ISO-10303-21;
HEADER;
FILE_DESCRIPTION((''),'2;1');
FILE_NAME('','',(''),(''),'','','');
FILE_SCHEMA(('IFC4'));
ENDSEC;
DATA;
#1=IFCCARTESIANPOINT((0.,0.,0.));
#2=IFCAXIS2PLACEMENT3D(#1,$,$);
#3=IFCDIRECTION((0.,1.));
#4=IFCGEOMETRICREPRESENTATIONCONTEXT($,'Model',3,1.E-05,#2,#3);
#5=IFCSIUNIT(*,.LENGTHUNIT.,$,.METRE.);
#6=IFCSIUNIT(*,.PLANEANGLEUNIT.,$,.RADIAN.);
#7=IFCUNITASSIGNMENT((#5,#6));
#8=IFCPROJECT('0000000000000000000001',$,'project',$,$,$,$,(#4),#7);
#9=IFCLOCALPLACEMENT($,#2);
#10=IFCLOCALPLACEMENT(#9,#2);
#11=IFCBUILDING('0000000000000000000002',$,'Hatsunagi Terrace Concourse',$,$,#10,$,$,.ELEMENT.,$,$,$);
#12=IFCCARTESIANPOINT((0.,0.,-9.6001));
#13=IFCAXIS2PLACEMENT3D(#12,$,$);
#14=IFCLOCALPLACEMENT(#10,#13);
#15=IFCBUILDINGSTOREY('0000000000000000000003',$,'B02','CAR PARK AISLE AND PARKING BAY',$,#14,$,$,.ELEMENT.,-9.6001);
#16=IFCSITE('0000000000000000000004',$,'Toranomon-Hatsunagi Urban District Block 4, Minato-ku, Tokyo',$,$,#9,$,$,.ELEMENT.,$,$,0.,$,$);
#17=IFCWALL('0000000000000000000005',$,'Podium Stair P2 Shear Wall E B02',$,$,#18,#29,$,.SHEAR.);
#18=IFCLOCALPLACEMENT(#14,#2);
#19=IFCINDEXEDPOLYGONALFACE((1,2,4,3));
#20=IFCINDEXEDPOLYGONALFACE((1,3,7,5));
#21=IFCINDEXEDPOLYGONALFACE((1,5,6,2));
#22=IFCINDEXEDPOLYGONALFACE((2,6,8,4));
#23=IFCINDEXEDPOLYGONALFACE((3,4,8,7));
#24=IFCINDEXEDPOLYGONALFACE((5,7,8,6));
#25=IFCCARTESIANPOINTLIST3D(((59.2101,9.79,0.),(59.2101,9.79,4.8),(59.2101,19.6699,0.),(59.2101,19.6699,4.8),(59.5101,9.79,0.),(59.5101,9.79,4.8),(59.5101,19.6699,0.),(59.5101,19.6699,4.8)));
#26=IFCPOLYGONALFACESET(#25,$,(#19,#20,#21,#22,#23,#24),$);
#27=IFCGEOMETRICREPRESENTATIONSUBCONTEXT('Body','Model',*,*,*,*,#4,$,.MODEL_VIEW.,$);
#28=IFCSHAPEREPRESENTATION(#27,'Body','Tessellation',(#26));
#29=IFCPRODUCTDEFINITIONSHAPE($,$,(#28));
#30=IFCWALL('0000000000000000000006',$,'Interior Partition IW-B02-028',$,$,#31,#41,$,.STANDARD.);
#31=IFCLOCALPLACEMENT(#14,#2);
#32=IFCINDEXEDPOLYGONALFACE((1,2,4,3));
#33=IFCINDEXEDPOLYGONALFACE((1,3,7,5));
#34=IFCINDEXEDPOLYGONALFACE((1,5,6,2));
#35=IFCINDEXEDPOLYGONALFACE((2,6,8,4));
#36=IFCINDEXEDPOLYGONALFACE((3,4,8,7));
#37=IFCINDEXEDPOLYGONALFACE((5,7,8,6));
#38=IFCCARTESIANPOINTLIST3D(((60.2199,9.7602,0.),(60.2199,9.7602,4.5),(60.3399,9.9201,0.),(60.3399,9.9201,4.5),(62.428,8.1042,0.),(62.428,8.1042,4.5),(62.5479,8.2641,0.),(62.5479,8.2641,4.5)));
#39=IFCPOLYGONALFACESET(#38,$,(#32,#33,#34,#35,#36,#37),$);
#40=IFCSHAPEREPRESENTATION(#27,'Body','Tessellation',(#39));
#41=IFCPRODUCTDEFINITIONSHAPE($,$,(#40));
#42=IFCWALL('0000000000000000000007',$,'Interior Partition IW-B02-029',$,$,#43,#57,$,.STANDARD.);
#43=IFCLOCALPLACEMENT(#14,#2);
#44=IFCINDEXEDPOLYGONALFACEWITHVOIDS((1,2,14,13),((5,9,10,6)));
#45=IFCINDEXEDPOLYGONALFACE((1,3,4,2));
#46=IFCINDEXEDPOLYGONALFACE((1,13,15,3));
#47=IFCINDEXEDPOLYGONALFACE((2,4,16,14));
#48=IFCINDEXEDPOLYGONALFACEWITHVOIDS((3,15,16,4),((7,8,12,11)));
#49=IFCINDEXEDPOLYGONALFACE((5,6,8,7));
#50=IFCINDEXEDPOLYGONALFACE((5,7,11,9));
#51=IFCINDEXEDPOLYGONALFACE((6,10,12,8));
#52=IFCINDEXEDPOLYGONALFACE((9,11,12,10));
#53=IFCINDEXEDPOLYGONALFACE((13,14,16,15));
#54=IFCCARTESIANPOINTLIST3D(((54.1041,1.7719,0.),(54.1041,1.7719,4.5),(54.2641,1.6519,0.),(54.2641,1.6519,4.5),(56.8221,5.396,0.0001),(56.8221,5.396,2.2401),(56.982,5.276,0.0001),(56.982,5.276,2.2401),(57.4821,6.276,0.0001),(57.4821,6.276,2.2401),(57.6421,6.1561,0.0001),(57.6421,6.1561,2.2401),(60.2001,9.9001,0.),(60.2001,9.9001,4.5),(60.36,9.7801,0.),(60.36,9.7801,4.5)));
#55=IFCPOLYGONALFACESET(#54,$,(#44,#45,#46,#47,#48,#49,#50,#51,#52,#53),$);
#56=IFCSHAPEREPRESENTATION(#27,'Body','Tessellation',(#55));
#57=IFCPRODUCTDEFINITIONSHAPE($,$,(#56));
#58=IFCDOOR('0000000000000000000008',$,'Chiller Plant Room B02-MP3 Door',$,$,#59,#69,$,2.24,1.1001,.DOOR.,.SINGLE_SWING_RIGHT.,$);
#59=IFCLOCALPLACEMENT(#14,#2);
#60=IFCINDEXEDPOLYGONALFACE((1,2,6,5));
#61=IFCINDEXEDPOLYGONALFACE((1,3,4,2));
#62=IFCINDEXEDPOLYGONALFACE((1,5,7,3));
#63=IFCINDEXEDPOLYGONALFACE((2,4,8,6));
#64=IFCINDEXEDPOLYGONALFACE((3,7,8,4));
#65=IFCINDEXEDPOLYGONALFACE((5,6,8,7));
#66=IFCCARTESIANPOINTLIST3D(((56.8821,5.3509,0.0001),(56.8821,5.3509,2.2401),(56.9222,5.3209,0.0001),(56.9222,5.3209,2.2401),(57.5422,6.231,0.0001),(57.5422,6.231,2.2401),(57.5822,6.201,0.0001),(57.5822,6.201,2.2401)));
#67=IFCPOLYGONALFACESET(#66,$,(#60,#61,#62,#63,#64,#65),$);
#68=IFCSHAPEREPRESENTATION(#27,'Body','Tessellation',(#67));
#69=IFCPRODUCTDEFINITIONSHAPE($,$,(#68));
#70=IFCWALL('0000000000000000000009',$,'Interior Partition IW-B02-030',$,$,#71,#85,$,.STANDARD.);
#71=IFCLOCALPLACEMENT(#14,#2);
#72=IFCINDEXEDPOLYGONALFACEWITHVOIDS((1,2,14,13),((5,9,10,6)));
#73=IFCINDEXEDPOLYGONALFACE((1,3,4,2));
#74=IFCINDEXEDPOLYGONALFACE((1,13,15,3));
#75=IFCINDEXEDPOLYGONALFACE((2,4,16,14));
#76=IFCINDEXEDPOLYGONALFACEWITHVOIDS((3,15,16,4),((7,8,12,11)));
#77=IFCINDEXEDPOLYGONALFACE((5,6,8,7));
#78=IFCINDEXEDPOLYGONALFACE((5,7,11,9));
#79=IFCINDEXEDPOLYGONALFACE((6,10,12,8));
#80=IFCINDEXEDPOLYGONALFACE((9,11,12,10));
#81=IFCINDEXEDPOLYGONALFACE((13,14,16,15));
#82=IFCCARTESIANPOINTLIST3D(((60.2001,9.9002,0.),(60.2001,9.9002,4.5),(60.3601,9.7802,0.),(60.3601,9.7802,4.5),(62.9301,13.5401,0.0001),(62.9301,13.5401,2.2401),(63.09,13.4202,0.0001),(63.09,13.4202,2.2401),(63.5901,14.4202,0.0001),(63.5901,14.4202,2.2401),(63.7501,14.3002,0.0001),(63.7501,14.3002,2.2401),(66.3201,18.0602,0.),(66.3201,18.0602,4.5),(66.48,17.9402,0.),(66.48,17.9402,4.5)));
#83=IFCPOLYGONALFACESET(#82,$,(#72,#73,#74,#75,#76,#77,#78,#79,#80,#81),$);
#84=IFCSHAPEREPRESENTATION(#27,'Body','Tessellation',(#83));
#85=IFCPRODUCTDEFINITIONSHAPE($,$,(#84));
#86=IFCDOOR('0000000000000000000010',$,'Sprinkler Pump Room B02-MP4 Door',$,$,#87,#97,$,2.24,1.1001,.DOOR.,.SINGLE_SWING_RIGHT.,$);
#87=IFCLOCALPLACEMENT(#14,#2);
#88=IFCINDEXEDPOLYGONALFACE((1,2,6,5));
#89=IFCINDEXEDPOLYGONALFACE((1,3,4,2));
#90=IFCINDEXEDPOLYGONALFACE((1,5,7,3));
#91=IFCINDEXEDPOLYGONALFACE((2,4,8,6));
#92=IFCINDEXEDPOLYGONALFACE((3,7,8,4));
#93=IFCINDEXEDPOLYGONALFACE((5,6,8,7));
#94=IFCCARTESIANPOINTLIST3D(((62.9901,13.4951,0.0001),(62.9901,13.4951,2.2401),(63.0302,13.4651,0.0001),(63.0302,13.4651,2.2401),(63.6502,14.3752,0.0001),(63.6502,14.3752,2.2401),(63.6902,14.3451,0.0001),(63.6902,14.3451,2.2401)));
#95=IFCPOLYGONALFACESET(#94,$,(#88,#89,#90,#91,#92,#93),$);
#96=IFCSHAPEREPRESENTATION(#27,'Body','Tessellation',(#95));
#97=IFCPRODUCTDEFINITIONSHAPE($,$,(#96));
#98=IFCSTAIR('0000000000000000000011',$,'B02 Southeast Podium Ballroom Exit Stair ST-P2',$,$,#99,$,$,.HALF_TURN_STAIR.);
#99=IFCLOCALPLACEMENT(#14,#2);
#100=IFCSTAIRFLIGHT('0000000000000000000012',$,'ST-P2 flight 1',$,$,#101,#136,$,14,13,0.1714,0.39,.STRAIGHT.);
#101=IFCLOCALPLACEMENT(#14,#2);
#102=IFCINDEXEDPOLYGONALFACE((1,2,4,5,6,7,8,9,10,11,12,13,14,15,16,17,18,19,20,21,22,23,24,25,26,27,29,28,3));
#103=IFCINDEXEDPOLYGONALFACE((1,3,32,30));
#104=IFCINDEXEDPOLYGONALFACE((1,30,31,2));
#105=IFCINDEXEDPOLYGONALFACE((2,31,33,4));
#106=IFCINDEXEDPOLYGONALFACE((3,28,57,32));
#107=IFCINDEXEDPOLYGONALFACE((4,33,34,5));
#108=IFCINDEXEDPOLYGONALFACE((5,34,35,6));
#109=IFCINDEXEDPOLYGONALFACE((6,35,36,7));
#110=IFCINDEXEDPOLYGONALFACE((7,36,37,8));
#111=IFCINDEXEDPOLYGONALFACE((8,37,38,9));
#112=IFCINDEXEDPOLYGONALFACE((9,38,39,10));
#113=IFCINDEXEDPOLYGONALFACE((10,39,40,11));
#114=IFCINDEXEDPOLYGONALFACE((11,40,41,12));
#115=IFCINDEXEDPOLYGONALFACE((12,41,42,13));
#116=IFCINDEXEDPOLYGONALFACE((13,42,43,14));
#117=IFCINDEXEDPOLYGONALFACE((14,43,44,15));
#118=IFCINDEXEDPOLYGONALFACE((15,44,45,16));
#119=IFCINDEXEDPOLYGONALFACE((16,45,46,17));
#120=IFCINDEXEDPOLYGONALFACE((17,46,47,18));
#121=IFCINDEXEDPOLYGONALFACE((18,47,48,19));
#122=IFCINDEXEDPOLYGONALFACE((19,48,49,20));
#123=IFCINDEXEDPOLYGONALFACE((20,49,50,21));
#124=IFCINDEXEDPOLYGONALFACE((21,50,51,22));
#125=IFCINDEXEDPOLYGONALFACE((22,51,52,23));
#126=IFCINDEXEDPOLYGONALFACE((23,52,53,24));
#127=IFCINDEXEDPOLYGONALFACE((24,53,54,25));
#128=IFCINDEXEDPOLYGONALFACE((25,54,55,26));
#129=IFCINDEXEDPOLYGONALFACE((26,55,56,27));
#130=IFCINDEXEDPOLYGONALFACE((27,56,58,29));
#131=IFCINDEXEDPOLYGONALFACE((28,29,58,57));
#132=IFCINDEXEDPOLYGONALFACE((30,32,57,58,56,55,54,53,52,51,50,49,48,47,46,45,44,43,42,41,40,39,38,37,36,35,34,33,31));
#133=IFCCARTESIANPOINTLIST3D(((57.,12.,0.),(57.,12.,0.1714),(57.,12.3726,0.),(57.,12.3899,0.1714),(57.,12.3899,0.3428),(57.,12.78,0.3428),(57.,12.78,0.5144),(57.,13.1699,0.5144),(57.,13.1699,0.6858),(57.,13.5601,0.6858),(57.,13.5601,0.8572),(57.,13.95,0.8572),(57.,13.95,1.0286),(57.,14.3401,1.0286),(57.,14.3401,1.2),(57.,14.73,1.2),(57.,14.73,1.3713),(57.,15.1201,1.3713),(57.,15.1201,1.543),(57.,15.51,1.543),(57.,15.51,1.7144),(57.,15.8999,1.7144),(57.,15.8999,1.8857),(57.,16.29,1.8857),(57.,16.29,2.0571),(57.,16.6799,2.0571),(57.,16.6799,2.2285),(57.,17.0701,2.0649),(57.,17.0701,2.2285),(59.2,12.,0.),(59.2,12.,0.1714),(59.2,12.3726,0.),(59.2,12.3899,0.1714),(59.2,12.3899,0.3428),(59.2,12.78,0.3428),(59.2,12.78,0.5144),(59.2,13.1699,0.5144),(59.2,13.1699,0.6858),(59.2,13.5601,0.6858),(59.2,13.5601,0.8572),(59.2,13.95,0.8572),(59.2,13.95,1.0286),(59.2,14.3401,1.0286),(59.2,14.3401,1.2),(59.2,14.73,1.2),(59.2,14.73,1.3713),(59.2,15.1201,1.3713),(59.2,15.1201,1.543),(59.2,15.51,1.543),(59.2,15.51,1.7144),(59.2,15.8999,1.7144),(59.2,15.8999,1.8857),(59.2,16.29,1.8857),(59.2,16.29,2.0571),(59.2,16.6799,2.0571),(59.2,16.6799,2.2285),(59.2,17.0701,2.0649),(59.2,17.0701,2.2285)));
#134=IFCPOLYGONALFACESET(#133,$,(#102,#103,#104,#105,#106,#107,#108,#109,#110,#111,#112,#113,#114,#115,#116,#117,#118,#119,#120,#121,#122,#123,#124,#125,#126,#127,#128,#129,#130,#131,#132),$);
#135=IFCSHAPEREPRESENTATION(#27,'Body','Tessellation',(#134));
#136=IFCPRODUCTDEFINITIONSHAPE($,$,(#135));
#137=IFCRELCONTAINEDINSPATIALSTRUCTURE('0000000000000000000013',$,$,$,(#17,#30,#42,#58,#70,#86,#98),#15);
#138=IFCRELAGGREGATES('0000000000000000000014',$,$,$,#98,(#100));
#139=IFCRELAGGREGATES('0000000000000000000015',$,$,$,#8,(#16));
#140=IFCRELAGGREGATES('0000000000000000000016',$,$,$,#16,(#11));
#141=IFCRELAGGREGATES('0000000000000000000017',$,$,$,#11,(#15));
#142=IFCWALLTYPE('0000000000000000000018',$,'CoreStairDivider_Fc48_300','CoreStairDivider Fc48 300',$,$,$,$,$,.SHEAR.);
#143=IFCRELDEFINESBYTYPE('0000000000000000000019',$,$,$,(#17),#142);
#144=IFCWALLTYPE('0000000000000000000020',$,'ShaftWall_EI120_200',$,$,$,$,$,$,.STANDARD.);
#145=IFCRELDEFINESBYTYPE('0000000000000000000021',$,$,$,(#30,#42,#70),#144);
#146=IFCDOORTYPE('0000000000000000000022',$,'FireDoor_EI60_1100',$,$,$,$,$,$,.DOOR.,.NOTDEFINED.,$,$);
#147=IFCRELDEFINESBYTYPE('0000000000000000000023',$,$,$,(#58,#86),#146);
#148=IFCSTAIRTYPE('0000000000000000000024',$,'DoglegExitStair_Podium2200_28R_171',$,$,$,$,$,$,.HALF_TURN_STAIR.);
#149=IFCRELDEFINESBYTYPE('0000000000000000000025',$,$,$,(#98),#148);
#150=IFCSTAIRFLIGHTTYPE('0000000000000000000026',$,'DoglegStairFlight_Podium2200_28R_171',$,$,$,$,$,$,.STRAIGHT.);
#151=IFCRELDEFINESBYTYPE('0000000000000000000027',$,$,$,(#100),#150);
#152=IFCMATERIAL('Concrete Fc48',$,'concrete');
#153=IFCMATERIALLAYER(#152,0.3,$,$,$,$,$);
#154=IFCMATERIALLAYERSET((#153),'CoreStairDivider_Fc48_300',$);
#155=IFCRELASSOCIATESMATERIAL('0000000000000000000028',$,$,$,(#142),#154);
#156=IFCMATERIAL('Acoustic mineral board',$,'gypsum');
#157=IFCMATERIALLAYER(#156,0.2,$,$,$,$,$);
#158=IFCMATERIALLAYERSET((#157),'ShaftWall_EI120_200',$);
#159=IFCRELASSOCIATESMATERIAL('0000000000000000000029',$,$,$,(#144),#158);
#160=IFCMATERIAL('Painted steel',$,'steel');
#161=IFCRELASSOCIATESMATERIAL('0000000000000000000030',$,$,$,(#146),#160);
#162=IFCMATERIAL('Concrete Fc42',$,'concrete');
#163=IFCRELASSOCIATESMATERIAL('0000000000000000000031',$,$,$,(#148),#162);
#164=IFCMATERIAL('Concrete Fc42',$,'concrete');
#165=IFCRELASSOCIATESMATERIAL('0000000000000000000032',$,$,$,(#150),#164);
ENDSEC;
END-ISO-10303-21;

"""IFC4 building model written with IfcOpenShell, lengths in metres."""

from ifc_helpers import new_model, si_unit, direction, frame, frame_2d, origin, place, context, subcontext, project, spatial, polyline, rectangle, outline, extrude, material, layer, layer_set, type_object, element, fill, aggregate, save


model = new_model("IFC4")

# Units and contexts
model_context = context("Model", 3, precision=1e-05, world=origin(), true_north=direction((0.0, 1.0)))
body_context = subcontext(model_context, "Body", "Model", "MODEL_VIEW")
ifc_project = project(units=[si_unit("LENGTHUNIT", "METRE"), si_unit("PLANEANGLEUNIT", "RADIAN")], contexts=[model_context])

# Site, building, storey
site_placement = place(None, origin())
site = spatial("IfcSite", under=ifc_project, at=site_placement, Name="Toranomon-Hatsunagi Urban District Block 4, Minato-ku, Tokyo", CompositionType="ELEMENT", RefElevation=0.0)
building_placement = place(site_placement, origin())
building = spatial("IfcBuilding", under=site, at=building_placement, Name="Hatsunagi Terrace Concourse", CompositionType="ELEMENT")
storey_placement = place(building_placement, frame((0.0, 0.0, -9.6001)))
storey = spatial("IfcBuildingStorey", under=building, at=storey_placement, Name="B02", Description="CAR PARK AISLE AND PARKING BAY", CompositionType="ELEMENT", Elevation=-9.6001)

# Shared definitions
ifc_material_1 = material(Name="Concrete Fc48", Category="concrete")
ifc_layer_1 = layer(ifc_material_1, 0.3)
ifc_layer_set_1 = layer_set([ifc_layer_1], Name="CoreStairDivider_Fc48_300")
wall_type_1 = type_object("IfcWallType", Name="CoreStairDivider_Fc48_300", Description="CoreStairDivider Fc48 300", PredefinedType="SHEAR", material=ifc_layer_set_1)

# Walls
for number, where, z_axis, x_axis, name in (
    (1, (59.3601, 9.79, 0.0), (0.0, 0.0, 1.0), (0.0, 1.0, 0.0), "Podium Stair P2 Shear Wall E B02"),
):
    element("IfcWall", number, at=place(storey_placement, frame(where, z_axis=z_axis, x_axis=x_axis)), inside=storey, type_object=wall_type_1, Name=name, PredefinedType="SHEAR", context=body_context, shape_type="SweptSolid", body=[
        extrude(rectangle(XDim=9.8799, YDim=0.3, at=frame_2d((4.9399, 0.0))), origin(), (0.0, 0.0, 1.0), 4.8),
    ])
ifc_material_2 = material(Name="Acoustic mineral board", Category="gypsum")
ifc_layer_2 = layer(ifc_material_2, 0.2)
ifc_layer_set_2 = layer_set([ifc_layer_2], Name="ShaftWall_EI120_200")
wall_type_2 = type_object("IfcWallType", Name="ShaftWall_EI120_200", PredefinedType="STANDARD", material=ifc_layer_set_2)
wall_1_placement = place(storey_placement, frame((60.28, 9.8401, 0.0), z_axis=(0.0, 0.0, 1.0), x_axis=(0.8, -0.6, 0.0)))
element("IfcWall", 2, at=wall_1_placement, inside=storey, type_object=wall_type_2, Name="Interior Partition IW-B02-028", PredefinedType="STANDARD", context=body_context, shape_type="SweptSolid", body=[
    extrude(rectangle(XDim=2.76, YDim=0.2, at=frame_2d((1.3799, 0.0))), origin(), (0.0, 0.0, 1.0), 4.5),
])

# Walls, openings, doors
wall_2_placement = place(storey_placement, frame((54.1841, 1.7119, 0.0), z_axis=(0.0, 0.0, 1.0), x_axis=(0.599988, 0.800009, 0.0)))
wall_2 = element("IfcWall", 3, at=wall_2_placement, inside=storey, type_object=wall_type_2, Name="Interior Partition IW-B02-029", PredefinedType="STANDARD", context=body_context, shape_type="SweptSolid", body=[
    extrude(rectangle(XDim=10.1602, YDim=0.2, at=frame_2d((5.0801, 0.0))), origin(), (0.0, 0.0, 1.0), 4.5),
])
opening_1_placement = place(wall_2_placement, frame((4.53, 0.0, 0.0)))
opening_1 = element("IfcOpeningElement", 4, at=opening_1_placement, cuts=wall_2, PredefinedType="OPENING", context=body_context, shape_type="SweptSolid", body=[
    extrude(rectangle(XDim=1.1001, YDim=2.24, at=frame_2d((0.55, 1.1201))), frame((0.0, 0.1099, 0.0), z_axis=(0.0, -1.0, 0.0), x_axis=(1.0, 0.0, 0.0)), (0.0, 0.0, 1.0), 0.22),
])
ifc_material_3 = material(Name="Painted steel", Category="steel")
door_type_1 = type_object("IfcDoorType", Name="FireDoor_EI60_1100", OperationType="NOTDEFINED", PredefinedType="DOOR", material=ifc_material_3)
door_1_placement = place(opening_1_placement, origin())
door_1 = element("IfcDoor", 5, at=door_1_placement, inside=storey, type_object=door_type_1, Name="Chiller Plant Room B02-MP3 Door", OperationType="SINGLE_SWING_RIGHT", OverallHeight=2.24, OverallWidth=1.1001, PredefinedType="DOOR", context=body_context, shape_type="SweptSolid", body=[
    extrude(rectangle(XDim=1.1001, YDim=2.24, at=frame_2d((0.55, 1.1201))), frame((0.0, 0.0249, 0.0), z_axis=(0.0, -1.0, 0.0), x_axis=(1.0, 0.0, 0.0)), (0.0, 0.0, 1.0), 0.05),
])
fill(opening_1, door_1)
wall_3_placement = place(storey_placement, frame((60.28, 9.8401, 0.0), z_axis=(0.0, 0.0, 1.0), x_axis=(0.599996, 0.800003, 0.0)))
wall_3 = element("IfcWall", 6, at=wall_3_placement, inside=storey, type_object=wall_type_2, Name="Interior Partition IW-B02-030", PredefinedType="STANDARD", context=body_context, shape_type="SweptSolid", body=[
    extrude(rectangle(XDim=10.2, YDim=0.2, at=frame_2d((5.1001, 0.0))), origin(), (0.0, 0.0, 1.0), 4.5),
])
opening_2_placement = place(wall_3_placement, frame((4.55, 0.0, 0.0)))
opening_2 = element("IfcOpeningElement", 7, at=opening_2_placement, cuts=wall_3, PredefinedType="OPENING", context=body_context, shape_type="SweptSolid", body=[
    extrude(rectangle(XDim=1.1001, YDim=2.24, at=frame_2d((0.55, 1.1201))), frame((0.0, 0.1099, 0.0), z_axis=(0.0, -1.0, 0.0), x_axis=(1.0, 0.0, 0.0)), (0.0, 0.0, 1.0), 0.22),
])
door_2_placement = place(opening_2_placement, origin())
door_2 = element("IfcDoor", 8, at=door_2_placement, inside=storey, type_object=door_type_1, Name="Sprinkler Pump Room B02-MP4 Door", OperationType="SINGLE_SWING_RIGHT", OverallHeight=2.24, OverallWidth=1.1001, PredefinedType="DOOR", context=body_context, shape_type="SweptSolid", body=[
    extrude(rectangle(XDim=1.1001, YDim=2.24, at=frame_2d((0.55, 1.1201))), frame((0.0, 0.0249, 0.0), z_axis=(0.0, -1.0, 0.0), x_axis=(1.0, 0.0, 0.0)), (0.0, 0.0, 1.0), 0.05),
])
fill(opening_2, door_2)

# Stair, stair flight
ifc_material_4 = material(Name="Concrete Fc42", Category="concrete")
stair_type = type_object("IfcStairType", Name="DoglegExitStair_Podium2200_28R_171", PredefinedType="HALF_TURN_STAIR", material=ifc_material_4)
stair_placement = place(storey_placement, origin())
stair = element("IfcStair", 9, at=stair_placement, inside=storey, type_object=stair_type, Name="B02 Southeast Podium Ballroom Exit Stair ST-P2", PredefinedType="HALF_TURN_STAIR")
ifc_material_5 = material(Name="Concrete Fc42", Category="concrete")
stair_flight_type = type_object("IfcStairFlightType", Name="DoglegStairFlight_Podium2200_28R_171", PredefinedType="STRAIGHT", material=ifc_material_5)
stair_flight_placement = place(storey_placement, frame((58.1001, 12.0, 0.0), z_axis=(0.0, 0.0, 1.0), x_axis=(0.0, 1.0, 0.0)))
stair_flight = element("IfcStairFlight", 10, at=stair_flight_placement, type_object=stair_flight_type, Name="ST-P2 flight 1", NumberOfRisers=14, NumberOfTreads=13, PredefinedType="STRAIGHT", RiserHeight=0.1714, TreadLength=0.39, context=body_context, shape_type="SweptSolid", body=[
    extrude(outline(polyline([(0.0, 0.0), (0.0, 0.1714), (0.3899, 0.1714), (0.3899, 0.3428), (0.78, 0.3428), (0.78, 0.5144), (1.1699, 0.5144), (1.1699, 0.6858), (1.5601, 0.6858), (1.5601, 0.8572), (1.95, 0.8572), (1.95, 1.0286), (2.3401, 1.0286), (2.3401, 1.2), (2.73, 1.2), (2.73, 1.3713), (3.1201, 1.3713), (3.1201, 1.543), (3.51, 1.543), (3.51, 1.7144), (3.8999, 1.7144), (3.8999, 1.8857), (4.29, 1.8857), (4.29, 2.0571), (4.6799, 2.0571), (4.6799, 2.2285), (5.0701, 2.2285), (5.0701, 2.3999), (5.0701, 2.0649), (0.3726, 0.0), (0.0, 0.0)])), frame((0.0, 1.1001, 0.0), z_axis=(0.0, -1.0, 0.0), x_axis=(1.0, 0.0, 0.0)), (0.0, 0.0, 1.0), 2.2),
])
aggregate(stair, [stair_flight])

save(model, "model.ifc")
